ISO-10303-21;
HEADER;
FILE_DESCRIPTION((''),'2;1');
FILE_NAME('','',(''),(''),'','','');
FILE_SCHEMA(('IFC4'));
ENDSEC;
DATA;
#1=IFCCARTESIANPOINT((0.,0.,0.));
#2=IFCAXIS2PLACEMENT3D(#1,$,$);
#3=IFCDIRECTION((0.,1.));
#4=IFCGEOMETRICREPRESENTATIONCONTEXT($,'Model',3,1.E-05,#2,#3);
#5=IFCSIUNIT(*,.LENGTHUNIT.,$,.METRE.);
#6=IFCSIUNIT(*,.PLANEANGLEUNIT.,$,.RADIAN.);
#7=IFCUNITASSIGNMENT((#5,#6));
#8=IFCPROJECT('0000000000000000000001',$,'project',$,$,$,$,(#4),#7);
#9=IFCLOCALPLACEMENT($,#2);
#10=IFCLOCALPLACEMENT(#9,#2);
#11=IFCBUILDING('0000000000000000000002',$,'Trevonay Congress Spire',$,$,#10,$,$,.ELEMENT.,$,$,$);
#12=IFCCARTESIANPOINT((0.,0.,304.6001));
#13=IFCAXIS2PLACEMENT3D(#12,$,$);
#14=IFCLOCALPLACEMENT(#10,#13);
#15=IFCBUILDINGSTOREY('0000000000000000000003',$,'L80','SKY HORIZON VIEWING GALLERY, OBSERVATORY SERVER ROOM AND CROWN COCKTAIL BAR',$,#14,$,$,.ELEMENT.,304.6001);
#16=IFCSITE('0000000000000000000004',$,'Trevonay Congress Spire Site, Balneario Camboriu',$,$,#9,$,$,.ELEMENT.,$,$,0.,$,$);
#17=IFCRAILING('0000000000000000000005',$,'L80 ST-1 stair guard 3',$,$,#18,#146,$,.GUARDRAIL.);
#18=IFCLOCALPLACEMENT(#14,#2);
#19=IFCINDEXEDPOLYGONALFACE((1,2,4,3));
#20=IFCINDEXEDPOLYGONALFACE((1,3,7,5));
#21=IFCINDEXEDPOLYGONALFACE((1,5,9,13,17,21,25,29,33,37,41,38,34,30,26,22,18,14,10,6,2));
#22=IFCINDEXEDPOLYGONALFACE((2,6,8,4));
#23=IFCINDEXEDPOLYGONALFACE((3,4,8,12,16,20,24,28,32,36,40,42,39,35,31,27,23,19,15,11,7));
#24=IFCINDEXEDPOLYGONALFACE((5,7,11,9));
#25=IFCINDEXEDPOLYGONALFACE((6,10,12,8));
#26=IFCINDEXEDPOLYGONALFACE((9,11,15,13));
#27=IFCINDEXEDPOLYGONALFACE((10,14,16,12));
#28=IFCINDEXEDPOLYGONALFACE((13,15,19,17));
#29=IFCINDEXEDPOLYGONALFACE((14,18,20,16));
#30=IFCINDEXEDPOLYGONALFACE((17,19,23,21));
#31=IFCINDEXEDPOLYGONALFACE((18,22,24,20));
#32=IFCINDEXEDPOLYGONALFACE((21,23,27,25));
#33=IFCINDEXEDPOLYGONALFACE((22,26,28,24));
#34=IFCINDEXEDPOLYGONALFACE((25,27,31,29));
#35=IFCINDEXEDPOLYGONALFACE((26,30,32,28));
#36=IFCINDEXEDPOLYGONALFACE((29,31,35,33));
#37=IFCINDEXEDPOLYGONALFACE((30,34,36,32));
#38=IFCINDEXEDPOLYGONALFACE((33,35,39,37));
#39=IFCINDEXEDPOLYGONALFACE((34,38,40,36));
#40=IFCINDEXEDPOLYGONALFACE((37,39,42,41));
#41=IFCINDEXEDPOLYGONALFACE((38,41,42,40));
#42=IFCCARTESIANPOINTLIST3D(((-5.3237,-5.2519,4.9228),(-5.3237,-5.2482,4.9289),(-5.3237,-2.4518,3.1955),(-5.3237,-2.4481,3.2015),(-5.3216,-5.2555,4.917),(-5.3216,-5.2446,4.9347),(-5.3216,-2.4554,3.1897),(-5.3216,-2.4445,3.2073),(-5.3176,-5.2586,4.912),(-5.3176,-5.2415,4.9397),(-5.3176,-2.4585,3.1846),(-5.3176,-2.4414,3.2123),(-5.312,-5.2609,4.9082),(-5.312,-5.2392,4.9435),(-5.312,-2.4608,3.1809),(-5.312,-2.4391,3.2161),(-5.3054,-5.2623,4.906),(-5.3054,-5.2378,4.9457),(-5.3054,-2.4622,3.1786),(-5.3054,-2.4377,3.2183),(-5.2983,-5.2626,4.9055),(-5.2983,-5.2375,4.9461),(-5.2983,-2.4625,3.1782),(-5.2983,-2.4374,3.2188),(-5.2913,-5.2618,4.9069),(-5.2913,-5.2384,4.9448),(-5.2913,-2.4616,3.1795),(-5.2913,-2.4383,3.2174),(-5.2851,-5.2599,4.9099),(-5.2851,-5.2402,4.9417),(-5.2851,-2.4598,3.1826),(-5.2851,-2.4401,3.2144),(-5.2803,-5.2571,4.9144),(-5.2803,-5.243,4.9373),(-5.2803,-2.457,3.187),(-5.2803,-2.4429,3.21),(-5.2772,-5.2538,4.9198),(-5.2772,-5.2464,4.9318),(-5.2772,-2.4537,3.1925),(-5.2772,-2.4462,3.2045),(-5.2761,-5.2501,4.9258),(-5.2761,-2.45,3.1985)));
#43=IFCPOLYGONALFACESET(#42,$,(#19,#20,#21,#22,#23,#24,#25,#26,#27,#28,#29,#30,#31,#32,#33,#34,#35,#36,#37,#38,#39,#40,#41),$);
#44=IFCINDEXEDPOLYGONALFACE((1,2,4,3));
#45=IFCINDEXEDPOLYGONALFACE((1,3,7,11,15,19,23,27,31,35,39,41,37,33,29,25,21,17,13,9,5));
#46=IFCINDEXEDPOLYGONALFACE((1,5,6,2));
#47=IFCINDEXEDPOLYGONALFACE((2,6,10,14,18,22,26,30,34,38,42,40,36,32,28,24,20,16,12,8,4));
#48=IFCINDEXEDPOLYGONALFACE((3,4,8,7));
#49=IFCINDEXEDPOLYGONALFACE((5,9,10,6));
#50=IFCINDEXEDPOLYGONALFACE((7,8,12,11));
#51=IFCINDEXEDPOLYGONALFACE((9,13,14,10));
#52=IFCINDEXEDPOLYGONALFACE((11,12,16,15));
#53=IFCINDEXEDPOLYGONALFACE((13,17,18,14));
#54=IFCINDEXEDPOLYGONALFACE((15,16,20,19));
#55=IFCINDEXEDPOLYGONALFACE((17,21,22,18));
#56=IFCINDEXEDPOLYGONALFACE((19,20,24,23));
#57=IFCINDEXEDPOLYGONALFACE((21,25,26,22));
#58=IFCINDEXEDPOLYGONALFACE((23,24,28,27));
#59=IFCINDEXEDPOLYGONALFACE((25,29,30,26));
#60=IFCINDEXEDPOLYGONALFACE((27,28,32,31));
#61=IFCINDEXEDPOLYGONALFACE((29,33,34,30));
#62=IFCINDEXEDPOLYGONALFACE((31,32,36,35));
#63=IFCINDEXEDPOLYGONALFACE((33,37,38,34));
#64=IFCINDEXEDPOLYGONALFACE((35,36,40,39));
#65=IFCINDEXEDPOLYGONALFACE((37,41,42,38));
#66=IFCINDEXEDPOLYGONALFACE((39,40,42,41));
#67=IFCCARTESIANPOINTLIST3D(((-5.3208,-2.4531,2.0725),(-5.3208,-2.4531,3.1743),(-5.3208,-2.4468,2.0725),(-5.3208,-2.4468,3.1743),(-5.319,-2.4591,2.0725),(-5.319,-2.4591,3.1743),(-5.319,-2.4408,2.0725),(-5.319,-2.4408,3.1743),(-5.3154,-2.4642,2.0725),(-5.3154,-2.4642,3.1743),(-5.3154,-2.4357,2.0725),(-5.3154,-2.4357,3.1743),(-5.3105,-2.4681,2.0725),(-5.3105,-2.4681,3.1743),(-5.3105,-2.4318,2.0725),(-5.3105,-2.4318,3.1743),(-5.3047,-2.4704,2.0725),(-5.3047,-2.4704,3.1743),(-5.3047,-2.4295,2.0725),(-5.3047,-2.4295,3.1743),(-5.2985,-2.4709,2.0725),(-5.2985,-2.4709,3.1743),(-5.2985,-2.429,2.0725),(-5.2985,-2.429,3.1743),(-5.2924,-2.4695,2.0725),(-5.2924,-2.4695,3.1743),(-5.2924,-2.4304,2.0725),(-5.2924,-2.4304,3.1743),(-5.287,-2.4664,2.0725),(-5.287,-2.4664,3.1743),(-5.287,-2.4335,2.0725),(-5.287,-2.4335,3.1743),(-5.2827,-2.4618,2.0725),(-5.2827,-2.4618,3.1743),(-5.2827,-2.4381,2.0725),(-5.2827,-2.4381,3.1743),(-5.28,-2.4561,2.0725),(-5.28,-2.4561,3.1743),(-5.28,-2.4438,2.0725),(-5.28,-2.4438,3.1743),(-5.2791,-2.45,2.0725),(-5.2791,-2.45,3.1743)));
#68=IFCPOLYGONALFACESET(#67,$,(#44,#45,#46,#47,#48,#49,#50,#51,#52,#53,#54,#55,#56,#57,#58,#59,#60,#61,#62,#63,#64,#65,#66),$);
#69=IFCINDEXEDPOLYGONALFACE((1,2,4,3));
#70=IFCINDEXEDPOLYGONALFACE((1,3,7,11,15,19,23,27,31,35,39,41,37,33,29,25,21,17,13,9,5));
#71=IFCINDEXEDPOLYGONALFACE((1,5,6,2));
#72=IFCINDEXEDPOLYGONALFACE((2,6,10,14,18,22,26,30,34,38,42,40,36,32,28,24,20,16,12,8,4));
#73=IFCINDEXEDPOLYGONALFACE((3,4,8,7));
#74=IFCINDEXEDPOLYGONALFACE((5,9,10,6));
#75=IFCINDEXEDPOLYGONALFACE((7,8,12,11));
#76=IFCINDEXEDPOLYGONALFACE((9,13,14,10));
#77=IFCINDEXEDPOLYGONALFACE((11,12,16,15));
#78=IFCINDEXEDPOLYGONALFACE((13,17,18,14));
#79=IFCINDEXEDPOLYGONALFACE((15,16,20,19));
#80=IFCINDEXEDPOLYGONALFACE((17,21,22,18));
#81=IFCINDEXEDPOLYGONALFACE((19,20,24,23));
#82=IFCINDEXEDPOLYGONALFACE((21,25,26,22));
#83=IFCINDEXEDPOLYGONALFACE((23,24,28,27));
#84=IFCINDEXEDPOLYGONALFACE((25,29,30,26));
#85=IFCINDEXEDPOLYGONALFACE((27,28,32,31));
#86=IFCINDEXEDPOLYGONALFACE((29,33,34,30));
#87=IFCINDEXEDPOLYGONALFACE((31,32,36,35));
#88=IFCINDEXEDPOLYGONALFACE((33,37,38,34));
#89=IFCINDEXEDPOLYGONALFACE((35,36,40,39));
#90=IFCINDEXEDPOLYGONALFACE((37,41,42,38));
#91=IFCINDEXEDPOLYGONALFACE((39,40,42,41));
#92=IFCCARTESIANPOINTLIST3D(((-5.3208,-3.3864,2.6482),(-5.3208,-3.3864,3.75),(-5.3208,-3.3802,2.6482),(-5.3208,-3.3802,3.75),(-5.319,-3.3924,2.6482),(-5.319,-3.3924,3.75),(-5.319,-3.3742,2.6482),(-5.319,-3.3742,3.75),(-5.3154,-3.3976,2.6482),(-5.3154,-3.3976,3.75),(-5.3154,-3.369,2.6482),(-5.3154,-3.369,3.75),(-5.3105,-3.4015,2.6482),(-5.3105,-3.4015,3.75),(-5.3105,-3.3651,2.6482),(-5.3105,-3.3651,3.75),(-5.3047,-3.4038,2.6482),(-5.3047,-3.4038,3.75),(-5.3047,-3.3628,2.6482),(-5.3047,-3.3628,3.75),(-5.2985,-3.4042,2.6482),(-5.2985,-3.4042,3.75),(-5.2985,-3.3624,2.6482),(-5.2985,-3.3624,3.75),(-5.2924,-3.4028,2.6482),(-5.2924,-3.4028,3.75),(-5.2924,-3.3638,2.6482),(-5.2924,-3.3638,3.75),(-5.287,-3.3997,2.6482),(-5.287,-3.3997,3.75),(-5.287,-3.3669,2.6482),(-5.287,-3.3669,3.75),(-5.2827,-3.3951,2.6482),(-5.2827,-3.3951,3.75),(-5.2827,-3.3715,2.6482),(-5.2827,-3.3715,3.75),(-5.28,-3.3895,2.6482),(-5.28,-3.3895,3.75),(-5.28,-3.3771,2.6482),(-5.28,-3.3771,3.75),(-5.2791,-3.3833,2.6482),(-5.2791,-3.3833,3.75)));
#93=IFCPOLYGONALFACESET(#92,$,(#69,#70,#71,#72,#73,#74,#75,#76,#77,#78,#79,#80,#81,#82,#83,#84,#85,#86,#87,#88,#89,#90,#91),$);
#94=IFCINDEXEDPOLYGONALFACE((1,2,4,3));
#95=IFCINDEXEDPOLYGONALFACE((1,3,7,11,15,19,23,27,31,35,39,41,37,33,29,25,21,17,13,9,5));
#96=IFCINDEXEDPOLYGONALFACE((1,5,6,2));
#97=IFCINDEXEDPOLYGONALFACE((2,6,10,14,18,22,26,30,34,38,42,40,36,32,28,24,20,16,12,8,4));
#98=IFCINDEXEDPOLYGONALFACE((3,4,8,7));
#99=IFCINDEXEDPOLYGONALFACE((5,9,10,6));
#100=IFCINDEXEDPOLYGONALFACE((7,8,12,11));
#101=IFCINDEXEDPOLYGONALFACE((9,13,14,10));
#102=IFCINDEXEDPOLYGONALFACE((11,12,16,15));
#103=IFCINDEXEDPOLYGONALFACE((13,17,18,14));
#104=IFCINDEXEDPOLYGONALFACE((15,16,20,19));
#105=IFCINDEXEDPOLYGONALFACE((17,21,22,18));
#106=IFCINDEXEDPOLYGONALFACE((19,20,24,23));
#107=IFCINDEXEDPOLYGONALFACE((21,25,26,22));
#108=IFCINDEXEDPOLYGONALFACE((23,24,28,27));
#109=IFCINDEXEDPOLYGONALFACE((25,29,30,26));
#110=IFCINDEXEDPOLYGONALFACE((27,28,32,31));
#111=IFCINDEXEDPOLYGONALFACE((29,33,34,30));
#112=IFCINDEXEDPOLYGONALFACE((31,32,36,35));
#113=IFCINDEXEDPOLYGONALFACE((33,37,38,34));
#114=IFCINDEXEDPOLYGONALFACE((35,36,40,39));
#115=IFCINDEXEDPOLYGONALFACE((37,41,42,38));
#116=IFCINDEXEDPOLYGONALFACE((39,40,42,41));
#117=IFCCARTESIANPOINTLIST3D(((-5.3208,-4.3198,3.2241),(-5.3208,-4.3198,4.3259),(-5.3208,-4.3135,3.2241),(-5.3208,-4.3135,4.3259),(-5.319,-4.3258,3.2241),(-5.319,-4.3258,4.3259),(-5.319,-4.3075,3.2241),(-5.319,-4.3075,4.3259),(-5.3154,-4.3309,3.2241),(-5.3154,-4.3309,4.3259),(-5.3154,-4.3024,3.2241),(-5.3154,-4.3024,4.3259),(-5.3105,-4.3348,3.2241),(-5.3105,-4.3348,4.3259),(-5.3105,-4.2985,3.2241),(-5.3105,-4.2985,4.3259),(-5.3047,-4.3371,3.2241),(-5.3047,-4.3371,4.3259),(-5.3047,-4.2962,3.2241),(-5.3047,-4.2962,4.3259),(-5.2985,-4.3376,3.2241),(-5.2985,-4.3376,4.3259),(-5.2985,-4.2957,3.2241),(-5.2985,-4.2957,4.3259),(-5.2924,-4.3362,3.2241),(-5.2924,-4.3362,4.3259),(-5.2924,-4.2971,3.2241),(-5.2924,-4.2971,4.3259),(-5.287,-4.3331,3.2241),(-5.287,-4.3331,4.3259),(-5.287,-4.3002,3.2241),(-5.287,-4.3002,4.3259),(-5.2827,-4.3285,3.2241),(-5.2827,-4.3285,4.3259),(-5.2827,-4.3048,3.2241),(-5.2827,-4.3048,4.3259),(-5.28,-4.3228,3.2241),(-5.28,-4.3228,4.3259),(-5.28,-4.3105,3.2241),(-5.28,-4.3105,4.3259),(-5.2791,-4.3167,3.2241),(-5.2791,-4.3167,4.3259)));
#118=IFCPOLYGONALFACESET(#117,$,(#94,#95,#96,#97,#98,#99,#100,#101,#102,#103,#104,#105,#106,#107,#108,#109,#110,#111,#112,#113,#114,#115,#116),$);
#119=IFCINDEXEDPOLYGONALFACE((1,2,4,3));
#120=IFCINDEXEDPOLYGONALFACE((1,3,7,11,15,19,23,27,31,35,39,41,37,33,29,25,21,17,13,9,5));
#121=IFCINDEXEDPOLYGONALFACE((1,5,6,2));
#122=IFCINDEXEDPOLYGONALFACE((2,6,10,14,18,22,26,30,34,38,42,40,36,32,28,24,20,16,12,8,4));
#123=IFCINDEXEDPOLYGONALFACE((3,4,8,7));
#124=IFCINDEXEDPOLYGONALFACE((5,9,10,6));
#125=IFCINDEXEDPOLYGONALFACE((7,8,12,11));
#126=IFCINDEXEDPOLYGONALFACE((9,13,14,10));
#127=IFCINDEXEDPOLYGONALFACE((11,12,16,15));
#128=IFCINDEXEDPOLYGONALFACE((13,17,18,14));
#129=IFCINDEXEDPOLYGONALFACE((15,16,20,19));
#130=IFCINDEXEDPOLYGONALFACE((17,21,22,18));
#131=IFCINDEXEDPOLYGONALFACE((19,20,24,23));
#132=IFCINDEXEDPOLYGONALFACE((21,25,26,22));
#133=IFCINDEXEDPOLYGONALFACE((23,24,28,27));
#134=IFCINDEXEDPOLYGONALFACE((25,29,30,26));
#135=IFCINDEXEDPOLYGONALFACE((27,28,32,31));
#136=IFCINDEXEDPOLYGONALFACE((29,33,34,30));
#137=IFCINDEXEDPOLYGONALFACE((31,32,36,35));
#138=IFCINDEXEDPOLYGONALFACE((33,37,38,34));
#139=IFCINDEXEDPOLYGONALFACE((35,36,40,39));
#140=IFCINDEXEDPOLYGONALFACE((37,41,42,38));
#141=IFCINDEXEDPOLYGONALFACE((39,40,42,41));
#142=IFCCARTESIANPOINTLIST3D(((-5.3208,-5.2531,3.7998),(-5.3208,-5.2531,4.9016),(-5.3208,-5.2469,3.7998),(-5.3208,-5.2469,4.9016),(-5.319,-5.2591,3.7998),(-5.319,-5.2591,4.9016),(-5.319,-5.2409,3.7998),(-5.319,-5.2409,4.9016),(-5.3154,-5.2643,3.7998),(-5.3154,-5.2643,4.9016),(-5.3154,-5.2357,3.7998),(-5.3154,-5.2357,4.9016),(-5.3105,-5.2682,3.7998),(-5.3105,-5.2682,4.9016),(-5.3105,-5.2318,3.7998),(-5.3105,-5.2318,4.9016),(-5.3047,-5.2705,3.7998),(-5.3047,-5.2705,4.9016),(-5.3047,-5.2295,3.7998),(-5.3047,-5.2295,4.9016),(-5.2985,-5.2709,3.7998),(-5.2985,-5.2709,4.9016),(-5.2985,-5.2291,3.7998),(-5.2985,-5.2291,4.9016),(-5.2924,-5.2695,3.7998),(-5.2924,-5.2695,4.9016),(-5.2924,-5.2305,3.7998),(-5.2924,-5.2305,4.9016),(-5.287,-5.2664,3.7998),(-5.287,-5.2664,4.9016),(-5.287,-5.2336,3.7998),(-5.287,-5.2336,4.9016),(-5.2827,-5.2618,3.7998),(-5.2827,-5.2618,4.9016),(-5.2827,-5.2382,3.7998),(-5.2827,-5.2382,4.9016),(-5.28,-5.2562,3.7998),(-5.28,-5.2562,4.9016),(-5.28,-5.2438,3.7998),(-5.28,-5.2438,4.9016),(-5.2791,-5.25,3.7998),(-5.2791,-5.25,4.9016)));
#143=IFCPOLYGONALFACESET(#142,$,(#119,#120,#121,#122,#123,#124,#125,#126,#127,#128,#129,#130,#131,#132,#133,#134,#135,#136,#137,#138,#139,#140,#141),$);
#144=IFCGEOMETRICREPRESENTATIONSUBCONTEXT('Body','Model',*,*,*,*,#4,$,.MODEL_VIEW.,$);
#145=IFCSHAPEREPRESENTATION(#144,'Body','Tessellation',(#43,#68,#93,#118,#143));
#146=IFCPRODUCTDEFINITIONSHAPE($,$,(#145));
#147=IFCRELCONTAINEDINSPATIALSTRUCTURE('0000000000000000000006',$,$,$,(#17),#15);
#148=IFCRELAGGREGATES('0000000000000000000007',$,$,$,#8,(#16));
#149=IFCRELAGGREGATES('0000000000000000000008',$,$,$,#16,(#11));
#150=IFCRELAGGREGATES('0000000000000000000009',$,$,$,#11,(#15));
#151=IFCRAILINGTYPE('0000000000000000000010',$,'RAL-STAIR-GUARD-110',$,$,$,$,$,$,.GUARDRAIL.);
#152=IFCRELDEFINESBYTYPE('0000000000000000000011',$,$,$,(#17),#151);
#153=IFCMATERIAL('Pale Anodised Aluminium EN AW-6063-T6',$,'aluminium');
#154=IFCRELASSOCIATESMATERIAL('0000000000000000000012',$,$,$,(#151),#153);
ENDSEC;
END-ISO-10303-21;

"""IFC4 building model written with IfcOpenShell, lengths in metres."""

from ifc_helpers import new_model, si_unit, direction, frame, origin, origin_2d, place, context, subcontext, project, spatial, circle, extrude, material, type_object, element, save


model = new_model("IFC4")

# Units and contexts
model_context = context("Model", 3, precision=1e-05, world=origin(), true_north=direction((0.0, 1.0)))
body_context = subcontext(model_context, "Body", "Model", "MODEL_VIEW")
ifc_project = project(units=[si_unit("LENGTHUNIT", "METRE"), si_unit("PLANEANGLEUNIT", "RADIAN")], contexts=[model_context])

# Site, building, storey
site_placement = place(None, origin())
site = spatial("IfcSite", under=ifc_project, at=site_placement, Name="Trevonay Congress Spire Site, Balneario Camboriu", CompositionType="ELEMENT", RefElevation=0.0)
building_placement = place(site_placement, origin())
building = spatial("IfcBuilding", under=site, at=building_placement, Name="Trevonay Congress Spire", CompositionType="ELEMENT")
storey_placement = place(building_placement, frame((0.0, 0.0, 304.6001)))
storey = spatial("IfcBuildingStorey", under=building, at=storey_placement, Name="L80", Description="SKY HORIZON VIEWING GALLERY, OBSERVATORY SERVER ROOM AND CROWN COCKTAIL BAR", CompositionType="ELEMENT", Elevation=304.6001)

# Shared definitions
ifc_material_1 = material(Name="Pale Anodised Aluminium EN AW-6063-T6", Category="aluminium")

# Railing
railing_type_1 = type_object("IfcRailingType", Name="RAL-STAIR-GUARD-110", PredefinedType="GUARDRAIL", material=ifc_material_1)
railing_1_placement = place(storey_placement, frame((-5.3, -2.45, 2.0725)))
element("IfcRailing", 1, at=railing_1_placement, inside=storey, type_object=railing_type_1, Name="L80 ST-1 stair guard 3", PredefinedType="GUARDRAIL", context=body_context, shape_type="SweptSolid", body=[
    extrude(circle(Radius=0.0239, at=origin_2d()), frame((0.0, 0.0, 1.126), z_axis=(0.0, -0.85109, 0.52502), x_axis=(1.0, 0.0, 0.0)), (0.0, 0.0, 1.0), 3.29),
    extrude(circle(Radius=0.021, at=origin_2d()), origin(), (0.0, 0.0, 1.0), 1.1018),
    extrude(circle(Radius=0.021, at=origin_2d()), frame((0.0, -0.9333, 0.5757)), (0.0, 0.0, 1.0), 1.1018),
    extrude(circle(Radius=0.021, at=origin_2d()), frame((0.0, -1.8667, 1.1516)), (0.0, 0.0, 1.0), 1.1018),
    extrude(circle(Radius=0.021, at=origin_2d()), frame((0.0, -2.8, 1.7273)), (0.0, 0.0, 1.0), 1.1018),
])

save(model, "model.ifc")
